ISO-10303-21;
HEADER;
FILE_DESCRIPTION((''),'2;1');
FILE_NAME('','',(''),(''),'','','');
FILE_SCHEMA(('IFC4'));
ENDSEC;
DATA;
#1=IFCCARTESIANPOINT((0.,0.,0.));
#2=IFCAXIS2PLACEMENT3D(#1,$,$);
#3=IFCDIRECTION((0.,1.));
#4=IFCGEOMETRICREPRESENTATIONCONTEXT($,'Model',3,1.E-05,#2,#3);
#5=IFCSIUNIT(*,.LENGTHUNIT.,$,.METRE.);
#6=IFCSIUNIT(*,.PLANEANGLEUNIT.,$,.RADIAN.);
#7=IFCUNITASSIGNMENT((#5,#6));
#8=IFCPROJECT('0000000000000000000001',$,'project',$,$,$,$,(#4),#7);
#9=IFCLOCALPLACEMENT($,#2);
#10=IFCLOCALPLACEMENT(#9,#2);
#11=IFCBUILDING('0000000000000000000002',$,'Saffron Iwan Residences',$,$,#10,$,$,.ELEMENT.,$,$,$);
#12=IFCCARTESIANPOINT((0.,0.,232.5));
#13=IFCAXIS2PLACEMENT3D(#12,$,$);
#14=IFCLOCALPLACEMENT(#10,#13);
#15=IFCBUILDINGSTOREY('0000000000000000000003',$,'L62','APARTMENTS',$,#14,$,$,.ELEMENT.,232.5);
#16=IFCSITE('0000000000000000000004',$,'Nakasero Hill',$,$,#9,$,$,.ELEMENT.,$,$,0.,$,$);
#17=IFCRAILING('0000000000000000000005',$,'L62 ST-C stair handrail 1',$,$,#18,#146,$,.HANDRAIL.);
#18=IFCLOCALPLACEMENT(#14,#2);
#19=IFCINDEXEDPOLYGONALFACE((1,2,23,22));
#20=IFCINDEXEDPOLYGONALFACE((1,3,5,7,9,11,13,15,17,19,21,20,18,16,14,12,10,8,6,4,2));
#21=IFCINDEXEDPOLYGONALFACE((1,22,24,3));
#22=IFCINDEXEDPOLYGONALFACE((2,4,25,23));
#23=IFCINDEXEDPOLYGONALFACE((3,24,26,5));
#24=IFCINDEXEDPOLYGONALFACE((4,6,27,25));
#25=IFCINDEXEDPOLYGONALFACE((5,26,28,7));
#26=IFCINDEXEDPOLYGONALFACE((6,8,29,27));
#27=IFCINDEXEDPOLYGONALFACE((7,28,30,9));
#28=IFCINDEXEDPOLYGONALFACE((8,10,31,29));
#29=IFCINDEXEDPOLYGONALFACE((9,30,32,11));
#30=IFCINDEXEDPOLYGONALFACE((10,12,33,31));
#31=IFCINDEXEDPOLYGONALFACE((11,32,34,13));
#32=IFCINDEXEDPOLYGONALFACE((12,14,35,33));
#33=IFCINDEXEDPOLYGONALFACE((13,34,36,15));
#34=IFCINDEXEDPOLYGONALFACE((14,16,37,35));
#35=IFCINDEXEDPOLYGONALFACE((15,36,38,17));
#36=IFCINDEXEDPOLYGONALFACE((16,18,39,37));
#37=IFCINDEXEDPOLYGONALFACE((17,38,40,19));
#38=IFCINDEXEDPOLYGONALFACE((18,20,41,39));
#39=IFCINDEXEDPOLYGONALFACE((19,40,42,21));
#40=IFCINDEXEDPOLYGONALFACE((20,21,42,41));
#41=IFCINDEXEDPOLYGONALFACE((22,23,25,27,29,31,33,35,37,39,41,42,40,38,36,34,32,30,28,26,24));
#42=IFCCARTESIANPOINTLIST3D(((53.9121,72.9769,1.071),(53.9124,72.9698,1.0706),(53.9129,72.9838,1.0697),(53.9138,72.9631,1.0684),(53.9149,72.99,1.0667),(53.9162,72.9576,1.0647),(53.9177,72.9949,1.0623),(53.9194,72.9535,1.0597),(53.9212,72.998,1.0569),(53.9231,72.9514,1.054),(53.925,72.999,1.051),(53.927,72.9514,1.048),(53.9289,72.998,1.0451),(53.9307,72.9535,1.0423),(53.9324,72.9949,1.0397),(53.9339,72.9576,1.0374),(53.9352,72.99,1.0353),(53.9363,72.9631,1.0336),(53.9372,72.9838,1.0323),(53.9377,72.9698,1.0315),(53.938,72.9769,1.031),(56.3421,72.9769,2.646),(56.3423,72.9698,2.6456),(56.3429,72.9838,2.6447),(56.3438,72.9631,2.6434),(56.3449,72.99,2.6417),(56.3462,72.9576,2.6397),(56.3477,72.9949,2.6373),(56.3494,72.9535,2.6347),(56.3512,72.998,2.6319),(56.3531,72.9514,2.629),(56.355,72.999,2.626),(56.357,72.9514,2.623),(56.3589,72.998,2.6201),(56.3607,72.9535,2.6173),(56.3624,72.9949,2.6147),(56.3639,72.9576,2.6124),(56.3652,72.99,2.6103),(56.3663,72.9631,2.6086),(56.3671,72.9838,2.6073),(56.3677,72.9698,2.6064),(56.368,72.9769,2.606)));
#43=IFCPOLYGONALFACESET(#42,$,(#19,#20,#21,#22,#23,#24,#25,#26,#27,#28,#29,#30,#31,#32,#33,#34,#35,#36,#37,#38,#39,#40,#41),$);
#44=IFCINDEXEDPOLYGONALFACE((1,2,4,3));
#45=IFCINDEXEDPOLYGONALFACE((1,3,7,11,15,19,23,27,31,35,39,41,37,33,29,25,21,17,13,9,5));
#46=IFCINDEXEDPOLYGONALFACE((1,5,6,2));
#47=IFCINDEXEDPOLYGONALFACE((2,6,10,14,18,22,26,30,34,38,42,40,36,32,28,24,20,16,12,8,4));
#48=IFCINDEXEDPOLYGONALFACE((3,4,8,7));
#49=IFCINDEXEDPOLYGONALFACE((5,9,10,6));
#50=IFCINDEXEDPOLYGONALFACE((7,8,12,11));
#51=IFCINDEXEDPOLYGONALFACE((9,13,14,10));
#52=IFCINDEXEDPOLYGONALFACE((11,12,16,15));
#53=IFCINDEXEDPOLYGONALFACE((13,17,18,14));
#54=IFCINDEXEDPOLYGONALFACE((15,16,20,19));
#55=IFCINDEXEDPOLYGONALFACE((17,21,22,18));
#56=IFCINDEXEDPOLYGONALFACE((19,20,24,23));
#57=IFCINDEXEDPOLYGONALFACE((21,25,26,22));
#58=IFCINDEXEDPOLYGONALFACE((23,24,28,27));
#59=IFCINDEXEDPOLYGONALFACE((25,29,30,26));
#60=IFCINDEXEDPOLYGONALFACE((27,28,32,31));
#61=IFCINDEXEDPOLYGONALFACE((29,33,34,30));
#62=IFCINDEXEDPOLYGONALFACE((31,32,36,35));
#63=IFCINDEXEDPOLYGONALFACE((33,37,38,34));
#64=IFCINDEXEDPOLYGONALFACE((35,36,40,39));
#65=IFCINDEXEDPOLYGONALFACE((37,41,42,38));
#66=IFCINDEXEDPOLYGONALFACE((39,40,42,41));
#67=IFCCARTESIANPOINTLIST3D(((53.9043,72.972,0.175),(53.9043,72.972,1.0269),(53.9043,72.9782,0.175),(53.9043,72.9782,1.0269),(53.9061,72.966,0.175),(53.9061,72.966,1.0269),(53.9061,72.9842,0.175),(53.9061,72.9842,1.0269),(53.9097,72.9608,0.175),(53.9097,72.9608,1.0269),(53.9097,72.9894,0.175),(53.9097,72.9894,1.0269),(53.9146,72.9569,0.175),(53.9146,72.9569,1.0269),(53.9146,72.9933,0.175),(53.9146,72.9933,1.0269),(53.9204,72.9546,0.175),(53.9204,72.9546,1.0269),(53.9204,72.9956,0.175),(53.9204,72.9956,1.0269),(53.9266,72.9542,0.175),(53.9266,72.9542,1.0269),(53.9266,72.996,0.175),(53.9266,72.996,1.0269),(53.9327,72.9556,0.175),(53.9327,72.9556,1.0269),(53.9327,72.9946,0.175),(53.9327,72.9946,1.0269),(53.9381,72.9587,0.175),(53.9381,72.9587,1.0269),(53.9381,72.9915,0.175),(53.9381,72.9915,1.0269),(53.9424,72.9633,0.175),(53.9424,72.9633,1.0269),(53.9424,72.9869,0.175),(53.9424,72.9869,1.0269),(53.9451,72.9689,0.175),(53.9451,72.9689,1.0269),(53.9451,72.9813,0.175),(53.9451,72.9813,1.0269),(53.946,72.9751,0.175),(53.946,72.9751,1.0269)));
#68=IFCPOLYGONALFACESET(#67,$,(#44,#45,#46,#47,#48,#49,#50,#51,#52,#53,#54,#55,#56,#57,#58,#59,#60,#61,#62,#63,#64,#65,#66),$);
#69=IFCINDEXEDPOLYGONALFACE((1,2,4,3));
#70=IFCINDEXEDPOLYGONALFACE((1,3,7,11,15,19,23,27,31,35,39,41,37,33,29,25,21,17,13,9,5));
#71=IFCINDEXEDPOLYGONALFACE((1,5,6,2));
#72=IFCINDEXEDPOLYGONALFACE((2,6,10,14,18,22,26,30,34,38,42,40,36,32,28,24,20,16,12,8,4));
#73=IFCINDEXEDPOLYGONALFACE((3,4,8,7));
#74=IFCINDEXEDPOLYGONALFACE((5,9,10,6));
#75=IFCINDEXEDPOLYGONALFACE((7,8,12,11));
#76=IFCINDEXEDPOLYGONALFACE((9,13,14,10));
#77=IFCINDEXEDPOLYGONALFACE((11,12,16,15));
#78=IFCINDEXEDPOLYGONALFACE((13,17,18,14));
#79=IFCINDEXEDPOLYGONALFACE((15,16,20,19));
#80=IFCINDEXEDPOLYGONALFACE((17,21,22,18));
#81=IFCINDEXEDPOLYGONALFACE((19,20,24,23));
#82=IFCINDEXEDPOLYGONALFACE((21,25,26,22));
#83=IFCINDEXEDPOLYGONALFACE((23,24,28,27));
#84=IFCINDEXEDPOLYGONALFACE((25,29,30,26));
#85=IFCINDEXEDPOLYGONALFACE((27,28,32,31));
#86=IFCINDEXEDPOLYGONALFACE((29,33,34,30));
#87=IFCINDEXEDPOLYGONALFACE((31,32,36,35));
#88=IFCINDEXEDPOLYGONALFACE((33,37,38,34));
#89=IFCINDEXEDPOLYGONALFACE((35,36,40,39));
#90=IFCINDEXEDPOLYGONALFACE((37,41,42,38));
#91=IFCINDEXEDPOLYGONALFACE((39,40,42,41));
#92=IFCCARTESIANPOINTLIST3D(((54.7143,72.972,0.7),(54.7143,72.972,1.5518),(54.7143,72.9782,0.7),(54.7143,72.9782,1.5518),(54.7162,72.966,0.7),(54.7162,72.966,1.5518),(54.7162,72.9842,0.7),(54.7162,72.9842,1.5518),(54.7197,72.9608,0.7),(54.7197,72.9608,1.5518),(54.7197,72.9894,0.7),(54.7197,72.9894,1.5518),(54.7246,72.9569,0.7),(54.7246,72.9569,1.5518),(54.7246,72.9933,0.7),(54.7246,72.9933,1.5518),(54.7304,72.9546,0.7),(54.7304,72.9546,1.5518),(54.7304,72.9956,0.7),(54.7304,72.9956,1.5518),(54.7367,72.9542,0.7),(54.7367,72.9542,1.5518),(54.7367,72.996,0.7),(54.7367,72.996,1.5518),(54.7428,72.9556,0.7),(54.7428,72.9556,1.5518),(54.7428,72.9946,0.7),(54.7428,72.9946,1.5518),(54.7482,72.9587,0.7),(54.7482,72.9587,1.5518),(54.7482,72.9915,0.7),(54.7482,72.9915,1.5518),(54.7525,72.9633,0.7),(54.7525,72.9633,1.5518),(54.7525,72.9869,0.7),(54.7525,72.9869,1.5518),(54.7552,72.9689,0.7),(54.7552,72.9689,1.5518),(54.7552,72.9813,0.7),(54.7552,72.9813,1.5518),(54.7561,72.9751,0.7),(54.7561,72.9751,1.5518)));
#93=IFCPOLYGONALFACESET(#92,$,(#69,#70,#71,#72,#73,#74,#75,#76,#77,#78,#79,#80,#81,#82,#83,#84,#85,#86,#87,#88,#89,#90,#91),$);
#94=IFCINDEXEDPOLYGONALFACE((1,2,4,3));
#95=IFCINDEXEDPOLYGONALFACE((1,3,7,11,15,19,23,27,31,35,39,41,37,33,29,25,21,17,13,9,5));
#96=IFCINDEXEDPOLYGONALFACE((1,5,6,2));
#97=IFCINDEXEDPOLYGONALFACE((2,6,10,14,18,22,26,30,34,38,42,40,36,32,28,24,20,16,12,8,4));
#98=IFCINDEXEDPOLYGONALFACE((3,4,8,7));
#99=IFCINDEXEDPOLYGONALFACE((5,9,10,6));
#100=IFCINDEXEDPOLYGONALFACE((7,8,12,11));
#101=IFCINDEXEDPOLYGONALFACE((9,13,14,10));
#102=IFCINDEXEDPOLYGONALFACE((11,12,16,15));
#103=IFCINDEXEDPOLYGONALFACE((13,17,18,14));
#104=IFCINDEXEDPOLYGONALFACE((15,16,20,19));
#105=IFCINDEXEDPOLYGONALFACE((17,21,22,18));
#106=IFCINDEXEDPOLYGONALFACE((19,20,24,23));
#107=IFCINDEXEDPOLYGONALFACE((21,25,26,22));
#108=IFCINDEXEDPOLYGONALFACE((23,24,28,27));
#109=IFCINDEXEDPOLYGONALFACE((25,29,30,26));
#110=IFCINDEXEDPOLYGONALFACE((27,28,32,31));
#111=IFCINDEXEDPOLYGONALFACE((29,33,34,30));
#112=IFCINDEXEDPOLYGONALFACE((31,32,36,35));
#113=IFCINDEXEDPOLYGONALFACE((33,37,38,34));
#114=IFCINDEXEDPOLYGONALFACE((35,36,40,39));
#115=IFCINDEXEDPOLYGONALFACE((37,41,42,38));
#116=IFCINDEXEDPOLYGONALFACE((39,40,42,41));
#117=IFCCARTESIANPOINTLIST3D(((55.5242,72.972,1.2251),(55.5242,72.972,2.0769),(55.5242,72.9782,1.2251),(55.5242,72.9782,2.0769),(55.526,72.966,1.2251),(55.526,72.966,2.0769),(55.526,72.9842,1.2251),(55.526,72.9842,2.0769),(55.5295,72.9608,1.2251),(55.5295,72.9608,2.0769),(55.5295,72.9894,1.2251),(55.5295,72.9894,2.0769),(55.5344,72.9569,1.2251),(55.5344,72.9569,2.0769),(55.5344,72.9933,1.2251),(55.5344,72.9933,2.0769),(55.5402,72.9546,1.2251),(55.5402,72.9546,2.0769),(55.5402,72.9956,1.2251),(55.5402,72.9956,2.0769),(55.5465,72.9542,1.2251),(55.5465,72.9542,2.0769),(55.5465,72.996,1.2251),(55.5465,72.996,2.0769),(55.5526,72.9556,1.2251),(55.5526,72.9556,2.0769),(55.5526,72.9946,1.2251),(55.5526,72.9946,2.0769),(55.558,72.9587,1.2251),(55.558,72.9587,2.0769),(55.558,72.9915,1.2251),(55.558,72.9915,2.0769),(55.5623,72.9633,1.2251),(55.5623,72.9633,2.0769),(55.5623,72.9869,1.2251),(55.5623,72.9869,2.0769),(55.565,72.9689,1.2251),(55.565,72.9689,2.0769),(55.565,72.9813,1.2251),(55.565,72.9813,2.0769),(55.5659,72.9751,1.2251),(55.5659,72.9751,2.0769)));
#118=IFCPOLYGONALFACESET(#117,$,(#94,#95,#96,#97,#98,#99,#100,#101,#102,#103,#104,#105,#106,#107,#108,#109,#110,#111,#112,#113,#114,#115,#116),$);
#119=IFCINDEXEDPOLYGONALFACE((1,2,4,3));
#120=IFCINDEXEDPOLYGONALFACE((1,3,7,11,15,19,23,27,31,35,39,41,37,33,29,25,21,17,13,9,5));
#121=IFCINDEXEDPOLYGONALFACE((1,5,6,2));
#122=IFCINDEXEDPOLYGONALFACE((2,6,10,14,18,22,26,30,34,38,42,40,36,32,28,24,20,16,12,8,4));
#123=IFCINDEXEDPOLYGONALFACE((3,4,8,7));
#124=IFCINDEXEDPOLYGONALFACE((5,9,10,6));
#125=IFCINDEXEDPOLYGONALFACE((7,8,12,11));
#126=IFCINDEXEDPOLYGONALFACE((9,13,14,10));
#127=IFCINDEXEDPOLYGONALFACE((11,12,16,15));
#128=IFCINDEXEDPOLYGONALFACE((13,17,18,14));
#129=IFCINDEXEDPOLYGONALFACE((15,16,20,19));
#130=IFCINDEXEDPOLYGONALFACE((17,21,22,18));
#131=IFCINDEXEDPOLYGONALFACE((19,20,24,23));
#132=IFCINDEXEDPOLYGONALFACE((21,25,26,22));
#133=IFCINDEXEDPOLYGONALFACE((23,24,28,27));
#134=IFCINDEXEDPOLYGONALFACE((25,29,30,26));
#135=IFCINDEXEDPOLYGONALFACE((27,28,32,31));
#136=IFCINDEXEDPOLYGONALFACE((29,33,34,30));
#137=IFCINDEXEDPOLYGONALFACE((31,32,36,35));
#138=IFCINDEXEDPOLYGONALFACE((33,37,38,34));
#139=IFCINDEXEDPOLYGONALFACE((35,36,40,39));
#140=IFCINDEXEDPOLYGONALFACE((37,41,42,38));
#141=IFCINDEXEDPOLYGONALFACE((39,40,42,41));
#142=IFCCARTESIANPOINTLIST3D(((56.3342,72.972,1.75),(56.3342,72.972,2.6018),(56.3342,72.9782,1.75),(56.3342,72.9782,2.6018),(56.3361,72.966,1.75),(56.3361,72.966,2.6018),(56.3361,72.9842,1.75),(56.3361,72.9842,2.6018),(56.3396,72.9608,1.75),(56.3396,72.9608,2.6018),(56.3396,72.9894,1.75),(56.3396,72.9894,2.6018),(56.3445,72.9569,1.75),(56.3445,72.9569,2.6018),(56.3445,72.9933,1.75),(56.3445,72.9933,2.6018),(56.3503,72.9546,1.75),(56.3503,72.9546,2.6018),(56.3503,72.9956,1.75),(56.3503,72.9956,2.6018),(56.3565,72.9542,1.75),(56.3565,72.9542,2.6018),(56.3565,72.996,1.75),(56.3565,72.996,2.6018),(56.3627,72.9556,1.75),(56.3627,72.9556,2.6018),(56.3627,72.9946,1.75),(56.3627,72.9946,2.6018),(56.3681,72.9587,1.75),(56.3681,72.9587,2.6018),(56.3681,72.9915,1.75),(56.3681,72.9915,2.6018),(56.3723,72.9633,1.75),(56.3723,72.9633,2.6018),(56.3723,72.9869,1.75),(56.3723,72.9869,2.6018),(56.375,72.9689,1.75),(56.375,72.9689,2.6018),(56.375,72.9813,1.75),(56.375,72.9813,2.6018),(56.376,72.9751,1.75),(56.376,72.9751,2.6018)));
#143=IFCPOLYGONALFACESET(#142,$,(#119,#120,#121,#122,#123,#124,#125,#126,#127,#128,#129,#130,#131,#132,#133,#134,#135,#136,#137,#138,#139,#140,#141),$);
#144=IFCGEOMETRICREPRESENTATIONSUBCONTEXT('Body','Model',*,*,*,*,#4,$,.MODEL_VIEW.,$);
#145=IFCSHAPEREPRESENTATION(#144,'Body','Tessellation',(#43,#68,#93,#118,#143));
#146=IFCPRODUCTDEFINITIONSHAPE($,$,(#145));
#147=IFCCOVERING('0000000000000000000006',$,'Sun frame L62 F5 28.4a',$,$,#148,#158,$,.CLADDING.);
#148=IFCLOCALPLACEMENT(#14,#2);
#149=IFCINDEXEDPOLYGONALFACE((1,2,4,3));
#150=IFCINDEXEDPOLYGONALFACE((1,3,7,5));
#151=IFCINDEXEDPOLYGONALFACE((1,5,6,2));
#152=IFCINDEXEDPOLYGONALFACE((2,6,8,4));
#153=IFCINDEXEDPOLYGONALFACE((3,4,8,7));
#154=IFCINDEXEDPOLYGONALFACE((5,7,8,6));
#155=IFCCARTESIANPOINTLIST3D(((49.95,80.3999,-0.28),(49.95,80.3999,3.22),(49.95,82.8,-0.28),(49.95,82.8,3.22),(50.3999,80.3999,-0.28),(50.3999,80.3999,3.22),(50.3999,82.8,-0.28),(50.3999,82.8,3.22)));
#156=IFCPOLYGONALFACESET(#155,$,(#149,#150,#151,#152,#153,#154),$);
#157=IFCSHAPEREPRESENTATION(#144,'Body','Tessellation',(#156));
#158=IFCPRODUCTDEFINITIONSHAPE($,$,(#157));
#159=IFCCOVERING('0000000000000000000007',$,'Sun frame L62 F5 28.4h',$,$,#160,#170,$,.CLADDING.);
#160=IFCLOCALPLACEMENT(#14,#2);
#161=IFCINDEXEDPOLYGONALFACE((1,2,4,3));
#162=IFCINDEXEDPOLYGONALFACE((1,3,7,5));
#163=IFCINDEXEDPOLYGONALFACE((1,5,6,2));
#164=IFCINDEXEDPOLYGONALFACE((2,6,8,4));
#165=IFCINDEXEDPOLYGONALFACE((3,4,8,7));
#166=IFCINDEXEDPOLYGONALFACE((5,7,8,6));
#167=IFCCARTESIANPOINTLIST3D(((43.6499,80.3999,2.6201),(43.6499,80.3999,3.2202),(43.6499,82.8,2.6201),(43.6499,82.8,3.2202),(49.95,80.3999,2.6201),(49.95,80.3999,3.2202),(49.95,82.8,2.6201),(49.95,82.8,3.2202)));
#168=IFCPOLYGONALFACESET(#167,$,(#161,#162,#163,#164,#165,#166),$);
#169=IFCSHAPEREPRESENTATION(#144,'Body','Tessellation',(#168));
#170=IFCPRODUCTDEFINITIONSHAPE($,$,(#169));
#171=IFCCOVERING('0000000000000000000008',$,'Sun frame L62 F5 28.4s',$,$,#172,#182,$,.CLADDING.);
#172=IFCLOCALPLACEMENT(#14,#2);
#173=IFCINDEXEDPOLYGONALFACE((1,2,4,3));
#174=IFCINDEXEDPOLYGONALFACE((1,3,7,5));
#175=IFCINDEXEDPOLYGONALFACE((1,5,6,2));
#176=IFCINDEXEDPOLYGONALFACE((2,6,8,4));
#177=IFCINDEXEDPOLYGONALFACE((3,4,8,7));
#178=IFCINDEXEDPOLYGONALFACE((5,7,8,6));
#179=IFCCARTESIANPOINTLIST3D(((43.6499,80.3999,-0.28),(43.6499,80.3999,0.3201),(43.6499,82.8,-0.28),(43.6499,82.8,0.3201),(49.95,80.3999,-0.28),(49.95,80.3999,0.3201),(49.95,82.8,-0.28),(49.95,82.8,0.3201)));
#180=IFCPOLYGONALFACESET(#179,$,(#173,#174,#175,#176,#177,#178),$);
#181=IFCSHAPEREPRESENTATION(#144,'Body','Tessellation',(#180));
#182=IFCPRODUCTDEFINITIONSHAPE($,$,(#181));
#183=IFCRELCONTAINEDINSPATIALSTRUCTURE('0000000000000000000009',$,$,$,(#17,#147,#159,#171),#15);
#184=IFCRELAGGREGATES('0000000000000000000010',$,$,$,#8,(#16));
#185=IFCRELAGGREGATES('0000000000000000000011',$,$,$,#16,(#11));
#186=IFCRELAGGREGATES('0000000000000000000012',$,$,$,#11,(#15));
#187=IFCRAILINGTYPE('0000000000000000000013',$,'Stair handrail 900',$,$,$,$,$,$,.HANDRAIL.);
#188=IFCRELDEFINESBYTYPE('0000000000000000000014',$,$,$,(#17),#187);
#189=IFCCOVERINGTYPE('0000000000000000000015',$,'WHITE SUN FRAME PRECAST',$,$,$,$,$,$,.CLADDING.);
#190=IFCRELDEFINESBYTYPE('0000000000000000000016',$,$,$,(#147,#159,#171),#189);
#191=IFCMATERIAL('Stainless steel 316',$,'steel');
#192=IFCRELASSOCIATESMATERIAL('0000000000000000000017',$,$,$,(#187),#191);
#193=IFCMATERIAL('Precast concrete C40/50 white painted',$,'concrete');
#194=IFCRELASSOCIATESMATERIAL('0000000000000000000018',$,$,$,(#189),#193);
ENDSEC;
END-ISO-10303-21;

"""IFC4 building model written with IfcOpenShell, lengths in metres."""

from ifc_helpers import new_model, si_unit, direction, frame, origin, origin_2d, place, context, subcontext, project, spatial, polyline, circle, outline, extrude, material, type_object, element, save


model = new_model("IFC4")

# Units and contexts
model_context = context("Model", 3, precision=1e-05, world=origin(), true_north=direction((0.0, 1.0)))
body_context = subcontext(model_context, "Body", "Model", "MODEL_VIEW")
ifc_project = project(units=[si_unit("LENGTHUNIT", "METRE"), si_unit("PLANEANGLEUNIT", "RADIAN")], contexts=[model_context])

# Site, building, storey
site_placement = place(None, origin())
site = spatial("IfcSite", under=ifc_project, at=site_placement, Name="Nakasero Hill", CompositionType="ELEMENT", RefElevation=0.0)
building_placement = place(site_placement, origin())
building = spatial("IfcBuilding", under=site, at=building_placement, Name="Saffron Iwan Residences", CompositionType="ELEMENT")
storey_placement = place(building_placement, frame((0.0, 0.0, 232.5)))
storey = spatial("IfcBuildingStorey", under=building, at=storey_placement, Name="L62", Description="APARTMENTS", CompositionType="ELEMENT", Elevation=232.5)

# Railing
ifc_material_1 = material(Name="Stainless steel 316", Category="steel")
railing_type_1 = type_object("IfcRailingType", Name="Stair handrail 900", PredefinedType="HANDRAIL", material=ifc_material_1)
railing_1_placement = place(storey_placement, frame((53.925, 72.9751, 0.175)))
element("IfcRailing", 1, at=railing_1_placement, inside=storey, type_object=railing_type_1, Name="L62 ST-C stair handrail 1", PredefinedType="HANDRAIL", context=body_context, shape_type="SweptSolid", body=[
    extrude(circle(Radius=0.0239, at=origin_2d()), frame((0.0, 0.0, 0.876), z_axis=(0.839154, 0.0, 0.543894), x_axis=(0.0, 1.0, 0.0)), (0.0, 0.0, 1.0), 2.8958),
    extrude(circle(Radius=0.021, at=origin_2d()), origin(), (0.0, 0.0, 1.0), 0.8518),
    extrude(circle(Radius=0.021, at=origin_2d()), frame((0.8101, 0.0, 0.5249)), (0.0, 0.0, 1.0), 0.8518),
    extrude(circle(Radius=0.021, at=origin_2d()), frame((1.6199, 0.0, 1.05)), (0.0, 0.0, 1.0), 0.8518),
    extrude(circle(Radius=0.021, at=origin_2d()), frame((2.4299, 0.0, 1.575)), (0.0, 0.0, 1.0), 0.8518),
])

# Coverings
ifc_material_2 = material(Name="Precast concrete C40/50 white painted", Category="concrete")
covering_type = type_object("IfcCoveringType", Name="WHITE SUN FRAME PRECAST", PredefinedType="CLADDING", material=ifc_material_2)
covering_placement = place(storey_placement, frame((50.3999, 80.3999, -0.28), z_axis=(0.0, 1.0, 0.0), x_axis=(-1.0, 0.0, 0.0)))
element("IfcCovering", 2, at=covering_placement, inside=storey, type_object=covering_type, Name="Sun frame L62 F5 28.4a", PredefinedType="CLADDING", context=body_context, shape_type="SweptSolid", body=[
    extrude(outline(polyline([(0.0, 0.0), (0.45, 0.0), (0.45, 3.5), (0.0, 3.5), (0.0, 0.0)])), origin(), (0.0, 0.0, 1.0), 2.4001),
])
for number, where, z_axis, x_axis, name in (
    (3, (49.95, 80.3999, 2.6201), (0.0, 1.0, 0.0), (-1.0, 0.0, 0.0), "Sun frame L62 F5 28.4h"),
    (4, (49.95, 80.3999, -0.28), (0.0, 1.0, 0.0), (-1.0, 0.0, 0.0), "Sun frame L62 F5 28.4s"),
):
    element("IfcCovering", number, at=place(storey_placement, frame(where, z_axis=z_axis, x_axis=x_axis)), inside=storey, type_object=covering_type, Name=name, PredefinedType="CLADDING", context=body_context, shape_type="SweptSolid", body=[
        extrude(outline(polyline([(0.0, 0.0), (6.3, 0.0), (6.3, 0.6001), (0.0, 0.6001), (0.0, 0.0)])), origin(), (0.0, 0.0, 1.0), 2.4001),
    ])

save(model, "model.ifc")
